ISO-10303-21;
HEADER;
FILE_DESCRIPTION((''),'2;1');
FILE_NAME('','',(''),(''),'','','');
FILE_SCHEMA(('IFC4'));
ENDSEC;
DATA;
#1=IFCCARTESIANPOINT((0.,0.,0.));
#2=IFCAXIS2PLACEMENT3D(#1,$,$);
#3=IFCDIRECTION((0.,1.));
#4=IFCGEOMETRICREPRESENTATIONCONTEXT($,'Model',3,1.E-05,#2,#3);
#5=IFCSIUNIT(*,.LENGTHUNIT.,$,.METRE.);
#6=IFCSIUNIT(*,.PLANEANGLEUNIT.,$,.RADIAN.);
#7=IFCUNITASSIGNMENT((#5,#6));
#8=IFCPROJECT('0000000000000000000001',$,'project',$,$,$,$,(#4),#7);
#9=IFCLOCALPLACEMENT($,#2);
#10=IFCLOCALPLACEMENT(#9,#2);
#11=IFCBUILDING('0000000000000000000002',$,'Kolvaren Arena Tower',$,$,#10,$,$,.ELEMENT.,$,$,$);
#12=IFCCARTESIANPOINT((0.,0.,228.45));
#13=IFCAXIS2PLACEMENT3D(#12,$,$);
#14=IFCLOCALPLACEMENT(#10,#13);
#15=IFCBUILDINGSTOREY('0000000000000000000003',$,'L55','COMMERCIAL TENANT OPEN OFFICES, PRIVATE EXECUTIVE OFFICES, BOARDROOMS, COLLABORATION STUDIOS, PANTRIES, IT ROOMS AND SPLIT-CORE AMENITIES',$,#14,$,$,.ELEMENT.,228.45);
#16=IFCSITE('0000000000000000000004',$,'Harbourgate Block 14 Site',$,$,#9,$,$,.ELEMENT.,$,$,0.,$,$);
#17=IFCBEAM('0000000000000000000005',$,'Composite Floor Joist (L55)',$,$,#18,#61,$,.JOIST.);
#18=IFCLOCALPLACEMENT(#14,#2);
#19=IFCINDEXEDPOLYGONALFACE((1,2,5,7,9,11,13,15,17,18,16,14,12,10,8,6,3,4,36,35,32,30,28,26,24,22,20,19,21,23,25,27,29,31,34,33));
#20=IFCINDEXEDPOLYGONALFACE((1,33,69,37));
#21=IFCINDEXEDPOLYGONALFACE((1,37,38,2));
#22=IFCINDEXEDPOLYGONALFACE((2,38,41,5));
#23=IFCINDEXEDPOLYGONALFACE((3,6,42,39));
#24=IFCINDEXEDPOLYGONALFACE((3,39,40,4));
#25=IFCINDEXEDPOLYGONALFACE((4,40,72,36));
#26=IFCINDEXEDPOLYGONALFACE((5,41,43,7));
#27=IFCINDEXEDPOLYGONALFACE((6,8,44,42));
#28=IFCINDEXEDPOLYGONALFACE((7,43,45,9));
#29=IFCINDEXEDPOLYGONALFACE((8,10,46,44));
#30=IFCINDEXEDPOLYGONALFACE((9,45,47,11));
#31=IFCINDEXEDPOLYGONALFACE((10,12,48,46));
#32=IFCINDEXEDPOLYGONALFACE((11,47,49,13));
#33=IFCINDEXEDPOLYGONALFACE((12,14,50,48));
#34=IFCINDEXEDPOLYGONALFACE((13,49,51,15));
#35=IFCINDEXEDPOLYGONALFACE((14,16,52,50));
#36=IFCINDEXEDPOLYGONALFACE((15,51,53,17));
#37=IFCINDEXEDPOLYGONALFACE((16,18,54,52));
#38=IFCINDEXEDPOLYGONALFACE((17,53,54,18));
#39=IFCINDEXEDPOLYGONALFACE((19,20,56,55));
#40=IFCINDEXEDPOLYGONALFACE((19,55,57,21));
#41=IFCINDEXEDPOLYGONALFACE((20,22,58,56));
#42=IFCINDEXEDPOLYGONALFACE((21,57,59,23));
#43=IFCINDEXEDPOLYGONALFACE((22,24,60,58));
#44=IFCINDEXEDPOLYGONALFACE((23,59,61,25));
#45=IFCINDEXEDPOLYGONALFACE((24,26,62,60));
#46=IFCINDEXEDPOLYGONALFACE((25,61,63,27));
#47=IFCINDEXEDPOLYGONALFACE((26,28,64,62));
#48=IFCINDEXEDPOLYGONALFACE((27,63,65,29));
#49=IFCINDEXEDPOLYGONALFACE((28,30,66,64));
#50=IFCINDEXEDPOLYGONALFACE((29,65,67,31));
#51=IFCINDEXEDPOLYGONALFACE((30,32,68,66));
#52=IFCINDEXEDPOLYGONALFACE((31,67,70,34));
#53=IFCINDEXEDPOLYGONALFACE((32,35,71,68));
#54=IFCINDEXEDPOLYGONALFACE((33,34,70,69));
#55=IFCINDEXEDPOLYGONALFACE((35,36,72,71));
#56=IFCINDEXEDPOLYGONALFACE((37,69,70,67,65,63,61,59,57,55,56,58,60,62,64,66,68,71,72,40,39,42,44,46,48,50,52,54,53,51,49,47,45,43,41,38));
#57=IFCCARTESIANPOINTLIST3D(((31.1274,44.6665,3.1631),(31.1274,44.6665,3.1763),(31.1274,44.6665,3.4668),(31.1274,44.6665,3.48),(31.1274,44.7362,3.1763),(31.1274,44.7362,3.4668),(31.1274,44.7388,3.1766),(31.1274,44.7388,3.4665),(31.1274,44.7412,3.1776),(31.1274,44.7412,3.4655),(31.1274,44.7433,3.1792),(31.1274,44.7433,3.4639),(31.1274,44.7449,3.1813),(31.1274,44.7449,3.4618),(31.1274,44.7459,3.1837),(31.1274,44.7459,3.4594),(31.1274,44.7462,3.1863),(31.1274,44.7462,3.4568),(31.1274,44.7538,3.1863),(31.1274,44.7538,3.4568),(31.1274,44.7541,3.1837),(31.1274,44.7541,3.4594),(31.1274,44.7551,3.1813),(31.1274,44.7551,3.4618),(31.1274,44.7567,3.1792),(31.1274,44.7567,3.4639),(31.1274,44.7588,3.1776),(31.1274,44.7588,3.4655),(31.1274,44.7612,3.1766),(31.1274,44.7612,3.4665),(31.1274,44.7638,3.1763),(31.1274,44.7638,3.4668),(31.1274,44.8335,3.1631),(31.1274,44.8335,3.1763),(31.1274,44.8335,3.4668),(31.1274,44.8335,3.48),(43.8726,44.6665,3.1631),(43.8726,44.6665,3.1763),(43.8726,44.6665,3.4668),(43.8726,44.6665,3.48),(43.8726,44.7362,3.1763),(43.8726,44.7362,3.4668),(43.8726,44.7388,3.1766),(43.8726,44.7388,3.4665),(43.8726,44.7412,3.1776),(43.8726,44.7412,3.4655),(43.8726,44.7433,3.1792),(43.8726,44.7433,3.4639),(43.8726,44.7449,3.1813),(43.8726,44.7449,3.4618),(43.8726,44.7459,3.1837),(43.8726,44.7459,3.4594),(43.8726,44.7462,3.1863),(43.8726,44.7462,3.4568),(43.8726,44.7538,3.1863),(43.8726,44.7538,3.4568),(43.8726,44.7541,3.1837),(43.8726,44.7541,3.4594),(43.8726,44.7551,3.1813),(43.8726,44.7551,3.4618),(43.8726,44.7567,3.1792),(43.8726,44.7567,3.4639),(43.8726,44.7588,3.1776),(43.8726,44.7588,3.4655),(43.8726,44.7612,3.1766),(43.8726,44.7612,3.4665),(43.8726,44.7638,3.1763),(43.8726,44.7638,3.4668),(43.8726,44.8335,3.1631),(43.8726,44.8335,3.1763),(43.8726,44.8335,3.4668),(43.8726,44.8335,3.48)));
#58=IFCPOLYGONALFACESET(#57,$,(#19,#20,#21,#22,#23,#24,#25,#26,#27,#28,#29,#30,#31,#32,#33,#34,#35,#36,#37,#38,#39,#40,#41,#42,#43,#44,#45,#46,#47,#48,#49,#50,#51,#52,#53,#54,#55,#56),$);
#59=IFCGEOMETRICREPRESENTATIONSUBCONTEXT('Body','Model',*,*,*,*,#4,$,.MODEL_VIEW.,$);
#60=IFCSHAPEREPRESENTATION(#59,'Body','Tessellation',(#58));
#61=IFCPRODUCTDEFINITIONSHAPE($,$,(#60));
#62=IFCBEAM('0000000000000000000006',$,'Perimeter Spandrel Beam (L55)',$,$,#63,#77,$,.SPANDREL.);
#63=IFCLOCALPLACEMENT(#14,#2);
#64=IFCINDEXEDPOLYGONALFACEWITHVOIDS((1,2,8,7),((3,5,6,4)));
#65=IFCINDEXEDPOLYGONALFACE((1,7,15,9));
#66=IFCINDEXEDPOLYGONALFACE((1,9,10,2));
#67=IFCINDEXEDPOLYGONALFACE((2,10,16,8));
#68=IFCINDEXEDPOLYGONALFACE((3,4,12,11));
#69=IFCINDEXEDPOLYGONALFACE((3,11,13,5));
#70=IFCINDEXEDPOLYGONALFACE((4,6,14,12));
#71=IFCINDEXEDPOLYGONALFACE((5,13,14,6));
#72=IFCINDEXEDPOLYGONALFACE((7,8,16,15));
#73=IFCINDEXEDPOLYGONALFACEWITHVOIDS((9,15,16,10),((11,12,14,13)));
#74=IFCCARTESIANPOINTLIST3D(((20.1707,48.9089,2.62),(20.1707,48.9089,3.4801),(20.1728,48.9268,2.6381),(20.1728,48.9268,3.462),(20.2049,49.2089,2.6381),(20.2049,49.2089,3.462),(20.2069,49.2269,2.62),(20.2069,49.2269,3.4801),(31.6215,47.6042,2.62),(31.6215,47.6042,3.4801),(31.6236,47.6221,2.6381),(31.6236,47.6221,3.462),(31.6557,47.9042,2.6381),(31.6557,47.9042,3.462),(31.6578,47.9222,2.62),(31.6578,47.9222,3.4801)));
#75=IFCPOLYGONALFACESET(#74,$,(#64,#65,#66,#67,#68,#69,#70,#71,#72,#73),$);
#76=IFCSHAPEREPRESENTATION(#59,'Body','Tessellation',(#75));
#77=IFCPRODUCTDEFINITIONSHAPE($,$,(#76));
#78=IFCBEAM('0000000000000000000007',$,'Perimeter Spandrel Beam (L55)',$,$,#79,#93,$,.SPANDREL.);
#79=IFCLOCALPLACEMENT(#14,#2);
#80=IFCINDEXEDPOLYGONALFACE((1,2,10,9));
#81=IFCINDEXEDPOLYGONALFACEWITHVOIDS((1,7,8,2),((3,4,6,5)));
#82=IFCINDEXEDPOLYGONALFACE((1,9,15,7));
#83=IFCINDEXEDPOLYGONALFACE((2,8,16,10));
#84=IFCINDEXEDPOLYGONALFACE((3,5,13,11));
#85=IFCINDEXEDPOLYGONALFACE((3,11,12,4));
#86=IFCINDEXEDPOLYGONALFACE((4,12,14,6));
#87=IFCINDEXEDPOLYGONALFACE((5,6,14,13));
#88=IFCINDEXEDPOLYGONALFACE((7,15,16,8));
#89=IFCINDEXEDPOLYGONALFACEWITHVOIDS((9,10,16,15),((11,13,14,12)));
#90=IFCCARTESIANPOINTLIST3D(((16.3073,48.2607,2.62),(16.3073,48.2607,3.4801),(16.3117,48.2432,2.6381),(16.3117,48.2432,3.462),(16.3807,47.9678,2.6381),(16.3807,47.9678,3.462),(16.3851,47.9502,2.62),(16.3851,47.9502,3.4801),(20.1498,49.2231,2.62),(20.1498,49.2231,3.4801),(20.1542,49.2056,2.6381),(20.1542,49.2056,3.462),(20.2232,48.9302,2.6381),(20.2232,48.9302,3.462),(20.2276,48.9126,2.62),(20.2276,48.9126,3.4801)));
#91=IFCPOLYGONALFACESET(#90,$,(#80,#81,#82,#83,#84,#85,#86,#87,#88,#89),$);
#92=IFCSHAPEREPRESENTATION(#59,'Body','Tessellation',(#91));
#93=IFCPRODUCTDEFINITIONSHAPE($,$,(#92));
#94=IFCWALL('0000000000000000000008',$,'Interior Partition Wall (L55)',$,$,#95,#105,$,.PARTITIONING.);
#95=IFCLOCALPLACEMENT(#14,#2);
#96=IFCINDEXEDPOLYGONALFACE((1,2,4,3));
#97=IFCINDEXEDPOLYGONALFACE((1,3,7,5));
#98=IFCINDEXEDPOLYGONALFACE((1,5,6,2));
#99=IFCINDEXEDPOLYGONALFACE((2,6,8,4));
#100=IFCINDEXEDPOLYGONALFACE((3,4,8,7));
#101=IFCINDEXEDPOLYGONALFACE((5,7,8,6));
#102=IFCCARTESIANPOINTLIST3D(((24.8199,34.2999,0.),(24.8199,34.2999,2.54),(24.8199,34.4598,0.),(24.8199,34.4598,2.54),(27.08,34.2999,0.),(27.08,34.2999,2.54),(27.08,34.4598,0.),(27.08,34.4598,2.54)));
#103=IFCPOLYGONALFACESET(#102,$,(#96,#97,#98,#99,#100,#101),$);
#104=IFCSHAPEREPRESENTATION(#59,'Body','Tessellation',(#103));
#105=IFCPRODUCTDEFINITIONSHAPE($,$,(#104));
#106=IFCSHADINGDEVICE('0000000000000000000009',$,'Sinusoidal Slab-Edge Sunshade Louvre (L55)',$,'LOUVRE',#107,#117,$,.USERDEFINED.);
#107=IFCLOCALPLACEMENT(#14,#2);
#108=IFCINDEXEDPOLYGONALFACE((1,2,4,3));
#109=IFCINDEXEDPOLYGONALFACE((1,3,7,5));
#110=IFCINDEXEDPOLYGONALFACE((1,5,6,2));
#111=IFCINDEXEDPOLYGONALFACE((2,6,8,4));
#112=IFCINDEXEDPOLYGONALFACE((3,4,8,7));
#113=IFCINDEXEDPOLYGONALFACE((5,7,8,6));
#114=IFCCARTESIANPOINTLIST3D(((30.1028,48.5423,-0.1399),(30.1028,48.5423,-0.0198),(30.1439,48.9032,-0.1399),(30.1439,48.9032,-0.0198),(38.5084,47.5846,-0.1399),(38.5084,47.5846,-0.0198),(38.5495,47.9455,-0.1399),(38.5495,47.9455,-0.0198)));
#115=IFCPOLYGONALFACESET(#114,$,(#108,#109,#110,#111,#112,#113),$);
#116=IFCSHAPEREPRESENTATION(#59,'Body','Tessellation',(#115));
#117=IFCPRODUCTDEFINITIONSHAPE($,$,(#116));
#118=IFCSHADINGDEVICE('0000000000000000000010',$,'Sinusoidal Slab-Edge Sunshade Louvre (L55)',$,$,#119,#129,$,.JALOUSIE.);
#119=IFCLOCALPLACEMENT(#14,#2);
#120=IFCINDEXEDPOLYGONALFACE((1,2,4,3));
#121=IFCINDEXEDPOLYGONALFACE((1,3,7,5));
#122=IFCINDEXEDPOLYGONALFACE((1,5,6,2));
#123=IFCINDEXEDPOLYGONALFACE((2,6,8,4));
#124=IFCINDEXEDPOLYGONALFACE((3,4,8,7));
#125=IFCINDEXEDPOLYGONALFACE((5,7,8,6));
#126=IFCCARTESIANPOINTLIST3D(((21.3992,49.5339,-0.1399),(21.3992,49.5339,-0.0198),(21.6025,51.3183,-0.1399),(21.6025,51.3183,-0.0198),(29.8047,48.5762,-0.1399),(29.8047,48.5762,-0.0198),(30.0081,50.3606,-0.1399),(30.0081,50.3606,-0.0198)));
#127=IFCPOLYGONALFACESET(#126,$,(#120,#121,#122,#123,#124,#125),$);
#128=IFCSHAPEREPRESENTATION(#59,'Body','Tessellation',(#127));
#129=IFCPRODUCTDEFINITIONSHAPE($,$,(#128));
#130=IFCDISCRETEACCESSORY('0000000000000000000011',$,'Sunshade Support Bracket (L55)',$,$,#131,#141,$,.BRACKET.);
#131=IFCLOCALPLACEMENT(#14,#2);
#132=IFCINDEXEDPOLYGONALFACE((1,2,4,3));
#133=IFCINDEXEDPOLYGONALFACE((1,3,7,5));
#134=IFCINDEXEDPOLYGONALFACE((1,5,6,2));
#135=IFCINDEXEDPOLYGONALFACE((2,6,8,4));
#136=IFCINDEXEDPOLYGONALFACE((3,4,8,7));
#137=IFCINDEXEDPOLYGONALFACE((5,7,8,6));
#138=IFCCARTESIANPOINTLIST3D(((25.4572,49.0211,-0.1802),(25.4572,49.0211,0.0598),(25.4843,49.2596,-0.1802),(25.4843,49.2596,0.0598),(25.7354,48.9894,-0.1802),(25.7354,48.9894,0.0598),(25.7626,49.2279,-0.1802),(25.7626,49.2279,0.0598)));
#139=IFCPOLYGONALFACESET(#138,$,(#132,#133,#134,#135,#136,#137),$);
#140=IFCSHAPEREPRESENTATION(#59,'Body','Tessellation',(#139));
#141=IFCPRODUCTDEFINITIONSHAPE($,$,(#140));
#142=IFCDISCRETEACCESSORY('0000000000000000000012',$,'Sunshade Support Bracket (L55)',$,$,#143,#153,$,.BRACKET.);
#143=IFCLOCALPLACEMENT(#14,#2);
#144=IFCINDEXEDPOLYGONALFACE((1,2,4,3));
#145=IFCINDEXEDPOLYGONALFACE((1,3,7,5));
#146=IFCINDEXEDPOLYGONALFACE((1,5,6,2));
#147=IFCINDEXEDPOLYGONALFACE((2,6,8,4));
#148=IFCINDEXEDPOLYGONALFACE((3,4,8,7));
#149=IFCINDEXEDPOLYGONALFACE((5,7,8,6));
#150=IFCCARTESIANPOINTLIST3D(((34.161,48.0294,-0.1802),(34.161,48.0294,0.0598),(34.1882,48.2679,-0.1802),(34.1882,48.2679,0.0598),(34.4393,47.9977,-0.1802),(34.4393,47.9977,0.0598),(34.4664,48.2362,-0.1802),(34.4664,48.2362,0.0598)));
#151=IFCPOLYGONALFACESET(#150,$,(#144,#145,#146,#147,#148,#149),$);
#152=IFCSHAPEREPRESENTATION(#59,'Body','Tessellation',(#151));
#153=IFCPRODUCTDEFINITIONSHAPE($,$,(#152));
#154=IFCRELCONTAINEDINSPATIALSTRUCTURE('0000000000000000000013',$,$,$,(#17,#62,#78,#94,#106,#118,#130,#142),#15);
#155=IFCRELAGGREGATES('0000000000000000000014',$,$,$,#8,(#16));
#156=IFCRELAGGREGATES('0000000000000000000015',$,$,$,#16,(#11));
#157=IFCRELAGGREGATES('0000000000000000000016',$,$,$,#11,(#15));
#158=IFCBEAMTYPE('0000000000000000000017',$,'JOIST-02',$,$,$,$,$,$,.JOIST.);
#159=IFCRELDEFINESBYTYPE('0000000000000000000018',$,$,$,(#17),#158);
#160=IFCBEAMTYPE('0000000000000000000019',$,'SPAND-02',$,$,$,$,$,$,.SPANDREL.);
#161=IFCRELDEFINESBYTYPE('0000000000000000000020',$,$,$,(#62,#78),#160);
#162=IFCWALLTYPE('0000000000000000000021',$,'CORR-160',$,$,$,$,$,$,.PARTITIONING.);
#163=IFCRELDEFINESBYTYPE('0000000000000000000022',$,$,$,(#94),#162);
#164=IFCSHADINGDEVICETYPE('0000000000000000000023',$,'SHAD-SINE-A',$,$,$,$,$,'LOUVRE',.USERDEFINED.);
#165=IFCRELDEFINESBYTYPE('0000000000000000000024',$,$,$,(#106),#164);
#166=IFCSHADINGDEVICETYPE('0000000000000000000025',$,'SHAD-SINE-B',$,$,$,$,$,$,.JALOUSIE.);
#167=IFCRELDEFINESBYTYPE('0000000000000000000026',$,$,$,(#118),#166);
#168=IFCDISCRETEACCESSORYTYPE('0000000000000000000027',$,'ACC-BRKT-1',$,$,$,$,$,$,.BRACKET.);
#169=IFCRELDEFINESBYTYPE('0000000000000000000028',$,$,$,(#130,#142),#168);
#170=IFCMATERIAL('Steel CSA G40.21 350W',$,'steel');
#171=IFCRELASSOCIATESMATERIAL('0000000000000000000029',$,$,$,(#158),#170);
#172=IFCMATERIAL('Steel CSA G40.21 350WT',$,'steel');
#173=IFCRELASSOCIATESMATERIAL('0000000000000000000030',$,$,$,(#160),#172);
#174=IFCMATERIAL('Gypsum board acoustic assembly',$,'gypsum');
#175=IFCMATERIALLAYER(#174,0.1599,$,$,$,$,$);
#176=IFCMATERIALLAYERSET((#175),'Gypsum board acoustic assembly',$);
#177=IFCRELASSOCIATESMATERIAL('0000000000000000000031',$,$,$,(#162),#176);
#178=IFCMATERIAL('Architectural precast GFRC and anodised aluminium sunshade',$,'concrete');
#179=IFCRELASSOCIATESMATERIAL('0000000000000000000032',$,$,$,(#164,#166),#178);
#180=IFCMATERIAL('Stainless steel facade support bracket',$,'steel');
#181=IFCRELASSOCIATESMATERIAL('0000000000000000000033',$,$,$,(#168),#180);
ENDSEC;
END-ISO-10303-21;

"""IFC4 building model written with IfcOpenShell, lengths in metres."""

from ifc_helpers import new_model, si_unit, direction, frame, frame_2d, origin, origin_2d, place, context, subcontext, project, spatial, rectangle, hollow_rectangle, i_section, extrude, material, layer, layer_set, material_profile, profile_set, type_object, element, save


model = new_model("IFC4")

# Units and contexts
model_context = context("Model", 3, precision=1e-05, world=origin(), true_north=direction((0.0, 1.0)))
body_context = subcontext(model_context, "Body", "Model", "MODEL_VIEW")
ifc_project = project(units=[si_unit("LENGTHUNIT", "METRE"), si_unit("PLANEANGLEUNIT", "RADIAN")], contexts=[model_context])

# Site, building, storey
site_placement = place(None, origin())
site = spatial("IfcSite", under=ifc_project, at=site_placement, Name="Harbourgate Block 14 Site", CompositionType="ELEMENT", RefElevation=0.0)
building_placement = place(site_placement, origin())
building = spatial("IfcBuilding", under=site, at=building_placement, Name="Kolvaren Arena Tower", CompositionType="ELEMENT")
storey_placement = place(building_placement, frame((0.0, 0.0, 228.45)))
storey = spatial("IfcBuildingStorey", under=building, at=storey_placement, Name="L55", Description="COMMERCIAL TENANT OPEN OFFICES, PRIVATE EXECUTIVE OFFICES, BOARDROOMS, COLLABORATION STUDIOS, PANTRIES, IT ROOMS AND SPLIT-CORE AMENITIES", CompositionType="ELEMENT", Elevation=228.45)

# Beams
ifc_material_1 = material(Name="Steel CSA G40.21 350W", Category="steel")
ifc_material_profile_1 = material_profile(ifc_material_1, i_section(OverallWidth=0.167, OverallDepth=0.3169, WebThickness=0.0076, FlangeThickness=0.0132, FilletRadius=0.01, at=origin_2d()), Name="W310x52")
ifc_profile_set_1 = profile_set([ifc_material_profile_1], Name="Steel CSA G40.21 350W")
beam_type_1 = type_object("IfcBeamType", Name="JOIST-02", PredefinedType="JOIST", material=ifc_profile_set_1)
beam_1_placement = place(storey_placement, frame((31.1274, 44.75, 3.3215), z_axis=(1.0, 0.0, 0.0), x_axis=(0.0, 1.0, 0.0)))
element("IfcBeam", 1, at=beam_1_placement, inside=storey, type_object=beam_type_1, Name="Composite Floor Joist (L55)", PredefinedType="JOIST", context=body_context, shape_type="SweptSolid", body=[
    extrude(i_section(OverallWidth=0.167, OverallDepth=0.3169, WebThickness=0.0076, FlangeThickness=0.0132, FilletRadius=0.01, at=origin_2d()), origin(), (0.0, 0.0, 1.0), 12.7451),
])
ifc_material_2 = material(Name="Steel CSA G40.21 350WT", Category="steel")
ifc_material_profile_2 = material_profile(ifc_material_2, hollow_rectangle(XDim=0.3201, YDim=0.8601, WallThickness=0.0181, at=origin_2d()), Name="HSS 860x320x18")
ifc_profile_set_2 = profile_set([ifc_material_profile_2], Name="Steel CSA G40.21 350WT")
beam_type_2 = type_object("IfcBeamType", Name="SPAND-02", PredefinedType="SPANDREL", material=ifc_profile_set_2)
beam_2_placement = place(storey_placement, frame((31.6396, 47.7632, 3.05), z_axis=(-0.993572, 0.113205, 0.0), x_axis=(-0.113205, -0.993572, 0.0)))
element("IfcBeam", 2, at=beam_2_placement, inside=storey, type_object=beam_type_2, Name="Perimeter Spandrel Beam (L55)", PredefinedType="SPANDREL", context=body_context, shape_type="SweptSolid", body=[
    extrude(hollow_rectangle(XDim=0.3201, YDim=0.8601, WallThickness=0.0181, at=origin_2d()), origin(), (0.0, 0.0, 1.0), 11.5249),
])
beam_3_placement = place(storey_placement, frame((20.1887, 49.0679, 3.05), z_axis=(-0.970037, -0.242956, 0.0), x_axis=(0.242956, -0.970037, 0.0)))
element("IfcBeam", 3, at=beam_3_placement, inside=storey, type_object=beam_type_2, Name="Perimeter Spandrel Beam (L55)", PredefinedType="SPANDREL", context=body_context, shape_type="SweptSolid", body=[
    extrude(hollow_rectangle(XDim=0.3201, YDim=0.8601, WallThickness=0.0181, at=origin_2d()), origin(), (0.0, 0.0, 1.0), 3.9612),
])

# Wall
ifc_material_3 = material(Name="Gypsum board acoustic assembly", Category="gypsum")
ifc_layer = layer(ifc_material_3, 0.1599)
ifc_layer_set = layer_set([ifc_layer], Name="Gypsum board acoustic assembly")
wall_type = type_object("IfcWallType", Name="CORR-160", PredefinedType="PARTITIONING", material=ifc_layer_set)
wall_placement = place(storey_placement, frame((24.8201, 34.3799, 0.0), z_axis=(0.0, 0.0, 1.0), x_axis=(1.0, 0.0, 0.0)))
element("IfcWall", 4, at=wall_placement, inside=storey, type_object=wall_type, Name="Interior Partition Wall (L55)", PredefinedType="PARTITIONING", context=body_context, shape_type="SweptSolid", body=[
    extrude(rectangle(XDim=2.26, YDim=0.1599, at=frame_2d((1.1299, 0.0))), origin(), (0.0, 0.0, 1.0), 2.54),
])

# Shading devices
ifc_material_4 = material(Name="Architectural precast GFRC and anodised aluminium sunshade", Category="concrete")
shading_device_type_1 = type_object("IfcShadingDeviceType", Name="SHAD-SINE-A", ElementType="LOUVRE", PredefinedType="USERDEFINED", material=ifc_material_4)
shading_device_1_placement = place(storey_placement, frame((34.3262, 48.2439, -0.1399), z_axis=(0.0, 0.0, 1.0), x_axis=(0.993572, -0.113205, 0.0)))
element("IfcShadingDevice", 5, at=shading_device_1_placement, inside=storey, type_object=shading_device_type_1, Name="Sinusoidal Slab-Edge Sunshade Louvre (L55)", ObjectType="LOUVRE", PredefinedType="USERDEFINED", context=body_context, shape_type="SweptSolid", body=[
    extrude(rectangle(XDim=8.46, YDim=0.3633, at=origin_2d()), origin(), (0.0, 0.0, 1.0), 0.1201),
])
shading_device_type_2 = type_object("IfcShadingDeviceType", Name="SHAD-SINE-B", PredefinedType="JALOUSIE", material=ifc_material_4)
shading_device_2_placement = place(storey_placement, frame((25.7036, 49.9473, -0.1399), z_axis=(0.0, 0.0, 1.0), x_axis=(0.993572, -0.113205, 0.0)))
element("IfcShadingDevice", 6, at=shading_device_2_placement, inside=storey, type_object=shading_device_type_2, Name="Sinusoidal Slab-Edge Sunshade Louvre (L55)", PredefinedType="JALOUSIE", context=body_context, shape_type="SweptSolid", body=[
    extrude(rectangle(XDim=8.46, YDim=1.7959, at=origin_2d()), origin(), (0.0, 0.0, 1.0), 0.1201),
])

# Discrete accessories
ifc_material_5 = material(Name="Stainless steel facade support bracket", Category="steel")
discrete_accessory_type = type_object("IfcDiscreteAccessoryType", Name="ACC-BRKT-1", PredefinedType="BRACKET", material=ifc_material_5)
for number, where, z_axis, x_axis, name in (
    (7, (25.6099, 49.1245, -0.1802), (0.0, 0.0, 1.0), (0.993572, -0.113205, 0.0), "Sunshade Support Bracket (L55)"),
    (8, (34.3137, 48.1328, -0.1802), (0.0, 0.0, 1.0), (0.993572, -0.113205, 0.0), "Sunshade Support Bracket (L55)"),
):
    element("IfcDiscreteAccessory", number, at=place(storey_placement, frame(where, z_axis=z_axis, x_axis=x_axis)), inside=storey, type_object=discrete_accessory_type, Name=name, PredefinedType="BRACKET", context=body_context, shape_type="SweptSolid", body=[
        extrude(rectangle(XDim=0.28, YDim=0.24, at=origin_2d()), origin(), (0.0, 0.0, 1.0), 0.24),
    ])

save(model, "model.ifc")
